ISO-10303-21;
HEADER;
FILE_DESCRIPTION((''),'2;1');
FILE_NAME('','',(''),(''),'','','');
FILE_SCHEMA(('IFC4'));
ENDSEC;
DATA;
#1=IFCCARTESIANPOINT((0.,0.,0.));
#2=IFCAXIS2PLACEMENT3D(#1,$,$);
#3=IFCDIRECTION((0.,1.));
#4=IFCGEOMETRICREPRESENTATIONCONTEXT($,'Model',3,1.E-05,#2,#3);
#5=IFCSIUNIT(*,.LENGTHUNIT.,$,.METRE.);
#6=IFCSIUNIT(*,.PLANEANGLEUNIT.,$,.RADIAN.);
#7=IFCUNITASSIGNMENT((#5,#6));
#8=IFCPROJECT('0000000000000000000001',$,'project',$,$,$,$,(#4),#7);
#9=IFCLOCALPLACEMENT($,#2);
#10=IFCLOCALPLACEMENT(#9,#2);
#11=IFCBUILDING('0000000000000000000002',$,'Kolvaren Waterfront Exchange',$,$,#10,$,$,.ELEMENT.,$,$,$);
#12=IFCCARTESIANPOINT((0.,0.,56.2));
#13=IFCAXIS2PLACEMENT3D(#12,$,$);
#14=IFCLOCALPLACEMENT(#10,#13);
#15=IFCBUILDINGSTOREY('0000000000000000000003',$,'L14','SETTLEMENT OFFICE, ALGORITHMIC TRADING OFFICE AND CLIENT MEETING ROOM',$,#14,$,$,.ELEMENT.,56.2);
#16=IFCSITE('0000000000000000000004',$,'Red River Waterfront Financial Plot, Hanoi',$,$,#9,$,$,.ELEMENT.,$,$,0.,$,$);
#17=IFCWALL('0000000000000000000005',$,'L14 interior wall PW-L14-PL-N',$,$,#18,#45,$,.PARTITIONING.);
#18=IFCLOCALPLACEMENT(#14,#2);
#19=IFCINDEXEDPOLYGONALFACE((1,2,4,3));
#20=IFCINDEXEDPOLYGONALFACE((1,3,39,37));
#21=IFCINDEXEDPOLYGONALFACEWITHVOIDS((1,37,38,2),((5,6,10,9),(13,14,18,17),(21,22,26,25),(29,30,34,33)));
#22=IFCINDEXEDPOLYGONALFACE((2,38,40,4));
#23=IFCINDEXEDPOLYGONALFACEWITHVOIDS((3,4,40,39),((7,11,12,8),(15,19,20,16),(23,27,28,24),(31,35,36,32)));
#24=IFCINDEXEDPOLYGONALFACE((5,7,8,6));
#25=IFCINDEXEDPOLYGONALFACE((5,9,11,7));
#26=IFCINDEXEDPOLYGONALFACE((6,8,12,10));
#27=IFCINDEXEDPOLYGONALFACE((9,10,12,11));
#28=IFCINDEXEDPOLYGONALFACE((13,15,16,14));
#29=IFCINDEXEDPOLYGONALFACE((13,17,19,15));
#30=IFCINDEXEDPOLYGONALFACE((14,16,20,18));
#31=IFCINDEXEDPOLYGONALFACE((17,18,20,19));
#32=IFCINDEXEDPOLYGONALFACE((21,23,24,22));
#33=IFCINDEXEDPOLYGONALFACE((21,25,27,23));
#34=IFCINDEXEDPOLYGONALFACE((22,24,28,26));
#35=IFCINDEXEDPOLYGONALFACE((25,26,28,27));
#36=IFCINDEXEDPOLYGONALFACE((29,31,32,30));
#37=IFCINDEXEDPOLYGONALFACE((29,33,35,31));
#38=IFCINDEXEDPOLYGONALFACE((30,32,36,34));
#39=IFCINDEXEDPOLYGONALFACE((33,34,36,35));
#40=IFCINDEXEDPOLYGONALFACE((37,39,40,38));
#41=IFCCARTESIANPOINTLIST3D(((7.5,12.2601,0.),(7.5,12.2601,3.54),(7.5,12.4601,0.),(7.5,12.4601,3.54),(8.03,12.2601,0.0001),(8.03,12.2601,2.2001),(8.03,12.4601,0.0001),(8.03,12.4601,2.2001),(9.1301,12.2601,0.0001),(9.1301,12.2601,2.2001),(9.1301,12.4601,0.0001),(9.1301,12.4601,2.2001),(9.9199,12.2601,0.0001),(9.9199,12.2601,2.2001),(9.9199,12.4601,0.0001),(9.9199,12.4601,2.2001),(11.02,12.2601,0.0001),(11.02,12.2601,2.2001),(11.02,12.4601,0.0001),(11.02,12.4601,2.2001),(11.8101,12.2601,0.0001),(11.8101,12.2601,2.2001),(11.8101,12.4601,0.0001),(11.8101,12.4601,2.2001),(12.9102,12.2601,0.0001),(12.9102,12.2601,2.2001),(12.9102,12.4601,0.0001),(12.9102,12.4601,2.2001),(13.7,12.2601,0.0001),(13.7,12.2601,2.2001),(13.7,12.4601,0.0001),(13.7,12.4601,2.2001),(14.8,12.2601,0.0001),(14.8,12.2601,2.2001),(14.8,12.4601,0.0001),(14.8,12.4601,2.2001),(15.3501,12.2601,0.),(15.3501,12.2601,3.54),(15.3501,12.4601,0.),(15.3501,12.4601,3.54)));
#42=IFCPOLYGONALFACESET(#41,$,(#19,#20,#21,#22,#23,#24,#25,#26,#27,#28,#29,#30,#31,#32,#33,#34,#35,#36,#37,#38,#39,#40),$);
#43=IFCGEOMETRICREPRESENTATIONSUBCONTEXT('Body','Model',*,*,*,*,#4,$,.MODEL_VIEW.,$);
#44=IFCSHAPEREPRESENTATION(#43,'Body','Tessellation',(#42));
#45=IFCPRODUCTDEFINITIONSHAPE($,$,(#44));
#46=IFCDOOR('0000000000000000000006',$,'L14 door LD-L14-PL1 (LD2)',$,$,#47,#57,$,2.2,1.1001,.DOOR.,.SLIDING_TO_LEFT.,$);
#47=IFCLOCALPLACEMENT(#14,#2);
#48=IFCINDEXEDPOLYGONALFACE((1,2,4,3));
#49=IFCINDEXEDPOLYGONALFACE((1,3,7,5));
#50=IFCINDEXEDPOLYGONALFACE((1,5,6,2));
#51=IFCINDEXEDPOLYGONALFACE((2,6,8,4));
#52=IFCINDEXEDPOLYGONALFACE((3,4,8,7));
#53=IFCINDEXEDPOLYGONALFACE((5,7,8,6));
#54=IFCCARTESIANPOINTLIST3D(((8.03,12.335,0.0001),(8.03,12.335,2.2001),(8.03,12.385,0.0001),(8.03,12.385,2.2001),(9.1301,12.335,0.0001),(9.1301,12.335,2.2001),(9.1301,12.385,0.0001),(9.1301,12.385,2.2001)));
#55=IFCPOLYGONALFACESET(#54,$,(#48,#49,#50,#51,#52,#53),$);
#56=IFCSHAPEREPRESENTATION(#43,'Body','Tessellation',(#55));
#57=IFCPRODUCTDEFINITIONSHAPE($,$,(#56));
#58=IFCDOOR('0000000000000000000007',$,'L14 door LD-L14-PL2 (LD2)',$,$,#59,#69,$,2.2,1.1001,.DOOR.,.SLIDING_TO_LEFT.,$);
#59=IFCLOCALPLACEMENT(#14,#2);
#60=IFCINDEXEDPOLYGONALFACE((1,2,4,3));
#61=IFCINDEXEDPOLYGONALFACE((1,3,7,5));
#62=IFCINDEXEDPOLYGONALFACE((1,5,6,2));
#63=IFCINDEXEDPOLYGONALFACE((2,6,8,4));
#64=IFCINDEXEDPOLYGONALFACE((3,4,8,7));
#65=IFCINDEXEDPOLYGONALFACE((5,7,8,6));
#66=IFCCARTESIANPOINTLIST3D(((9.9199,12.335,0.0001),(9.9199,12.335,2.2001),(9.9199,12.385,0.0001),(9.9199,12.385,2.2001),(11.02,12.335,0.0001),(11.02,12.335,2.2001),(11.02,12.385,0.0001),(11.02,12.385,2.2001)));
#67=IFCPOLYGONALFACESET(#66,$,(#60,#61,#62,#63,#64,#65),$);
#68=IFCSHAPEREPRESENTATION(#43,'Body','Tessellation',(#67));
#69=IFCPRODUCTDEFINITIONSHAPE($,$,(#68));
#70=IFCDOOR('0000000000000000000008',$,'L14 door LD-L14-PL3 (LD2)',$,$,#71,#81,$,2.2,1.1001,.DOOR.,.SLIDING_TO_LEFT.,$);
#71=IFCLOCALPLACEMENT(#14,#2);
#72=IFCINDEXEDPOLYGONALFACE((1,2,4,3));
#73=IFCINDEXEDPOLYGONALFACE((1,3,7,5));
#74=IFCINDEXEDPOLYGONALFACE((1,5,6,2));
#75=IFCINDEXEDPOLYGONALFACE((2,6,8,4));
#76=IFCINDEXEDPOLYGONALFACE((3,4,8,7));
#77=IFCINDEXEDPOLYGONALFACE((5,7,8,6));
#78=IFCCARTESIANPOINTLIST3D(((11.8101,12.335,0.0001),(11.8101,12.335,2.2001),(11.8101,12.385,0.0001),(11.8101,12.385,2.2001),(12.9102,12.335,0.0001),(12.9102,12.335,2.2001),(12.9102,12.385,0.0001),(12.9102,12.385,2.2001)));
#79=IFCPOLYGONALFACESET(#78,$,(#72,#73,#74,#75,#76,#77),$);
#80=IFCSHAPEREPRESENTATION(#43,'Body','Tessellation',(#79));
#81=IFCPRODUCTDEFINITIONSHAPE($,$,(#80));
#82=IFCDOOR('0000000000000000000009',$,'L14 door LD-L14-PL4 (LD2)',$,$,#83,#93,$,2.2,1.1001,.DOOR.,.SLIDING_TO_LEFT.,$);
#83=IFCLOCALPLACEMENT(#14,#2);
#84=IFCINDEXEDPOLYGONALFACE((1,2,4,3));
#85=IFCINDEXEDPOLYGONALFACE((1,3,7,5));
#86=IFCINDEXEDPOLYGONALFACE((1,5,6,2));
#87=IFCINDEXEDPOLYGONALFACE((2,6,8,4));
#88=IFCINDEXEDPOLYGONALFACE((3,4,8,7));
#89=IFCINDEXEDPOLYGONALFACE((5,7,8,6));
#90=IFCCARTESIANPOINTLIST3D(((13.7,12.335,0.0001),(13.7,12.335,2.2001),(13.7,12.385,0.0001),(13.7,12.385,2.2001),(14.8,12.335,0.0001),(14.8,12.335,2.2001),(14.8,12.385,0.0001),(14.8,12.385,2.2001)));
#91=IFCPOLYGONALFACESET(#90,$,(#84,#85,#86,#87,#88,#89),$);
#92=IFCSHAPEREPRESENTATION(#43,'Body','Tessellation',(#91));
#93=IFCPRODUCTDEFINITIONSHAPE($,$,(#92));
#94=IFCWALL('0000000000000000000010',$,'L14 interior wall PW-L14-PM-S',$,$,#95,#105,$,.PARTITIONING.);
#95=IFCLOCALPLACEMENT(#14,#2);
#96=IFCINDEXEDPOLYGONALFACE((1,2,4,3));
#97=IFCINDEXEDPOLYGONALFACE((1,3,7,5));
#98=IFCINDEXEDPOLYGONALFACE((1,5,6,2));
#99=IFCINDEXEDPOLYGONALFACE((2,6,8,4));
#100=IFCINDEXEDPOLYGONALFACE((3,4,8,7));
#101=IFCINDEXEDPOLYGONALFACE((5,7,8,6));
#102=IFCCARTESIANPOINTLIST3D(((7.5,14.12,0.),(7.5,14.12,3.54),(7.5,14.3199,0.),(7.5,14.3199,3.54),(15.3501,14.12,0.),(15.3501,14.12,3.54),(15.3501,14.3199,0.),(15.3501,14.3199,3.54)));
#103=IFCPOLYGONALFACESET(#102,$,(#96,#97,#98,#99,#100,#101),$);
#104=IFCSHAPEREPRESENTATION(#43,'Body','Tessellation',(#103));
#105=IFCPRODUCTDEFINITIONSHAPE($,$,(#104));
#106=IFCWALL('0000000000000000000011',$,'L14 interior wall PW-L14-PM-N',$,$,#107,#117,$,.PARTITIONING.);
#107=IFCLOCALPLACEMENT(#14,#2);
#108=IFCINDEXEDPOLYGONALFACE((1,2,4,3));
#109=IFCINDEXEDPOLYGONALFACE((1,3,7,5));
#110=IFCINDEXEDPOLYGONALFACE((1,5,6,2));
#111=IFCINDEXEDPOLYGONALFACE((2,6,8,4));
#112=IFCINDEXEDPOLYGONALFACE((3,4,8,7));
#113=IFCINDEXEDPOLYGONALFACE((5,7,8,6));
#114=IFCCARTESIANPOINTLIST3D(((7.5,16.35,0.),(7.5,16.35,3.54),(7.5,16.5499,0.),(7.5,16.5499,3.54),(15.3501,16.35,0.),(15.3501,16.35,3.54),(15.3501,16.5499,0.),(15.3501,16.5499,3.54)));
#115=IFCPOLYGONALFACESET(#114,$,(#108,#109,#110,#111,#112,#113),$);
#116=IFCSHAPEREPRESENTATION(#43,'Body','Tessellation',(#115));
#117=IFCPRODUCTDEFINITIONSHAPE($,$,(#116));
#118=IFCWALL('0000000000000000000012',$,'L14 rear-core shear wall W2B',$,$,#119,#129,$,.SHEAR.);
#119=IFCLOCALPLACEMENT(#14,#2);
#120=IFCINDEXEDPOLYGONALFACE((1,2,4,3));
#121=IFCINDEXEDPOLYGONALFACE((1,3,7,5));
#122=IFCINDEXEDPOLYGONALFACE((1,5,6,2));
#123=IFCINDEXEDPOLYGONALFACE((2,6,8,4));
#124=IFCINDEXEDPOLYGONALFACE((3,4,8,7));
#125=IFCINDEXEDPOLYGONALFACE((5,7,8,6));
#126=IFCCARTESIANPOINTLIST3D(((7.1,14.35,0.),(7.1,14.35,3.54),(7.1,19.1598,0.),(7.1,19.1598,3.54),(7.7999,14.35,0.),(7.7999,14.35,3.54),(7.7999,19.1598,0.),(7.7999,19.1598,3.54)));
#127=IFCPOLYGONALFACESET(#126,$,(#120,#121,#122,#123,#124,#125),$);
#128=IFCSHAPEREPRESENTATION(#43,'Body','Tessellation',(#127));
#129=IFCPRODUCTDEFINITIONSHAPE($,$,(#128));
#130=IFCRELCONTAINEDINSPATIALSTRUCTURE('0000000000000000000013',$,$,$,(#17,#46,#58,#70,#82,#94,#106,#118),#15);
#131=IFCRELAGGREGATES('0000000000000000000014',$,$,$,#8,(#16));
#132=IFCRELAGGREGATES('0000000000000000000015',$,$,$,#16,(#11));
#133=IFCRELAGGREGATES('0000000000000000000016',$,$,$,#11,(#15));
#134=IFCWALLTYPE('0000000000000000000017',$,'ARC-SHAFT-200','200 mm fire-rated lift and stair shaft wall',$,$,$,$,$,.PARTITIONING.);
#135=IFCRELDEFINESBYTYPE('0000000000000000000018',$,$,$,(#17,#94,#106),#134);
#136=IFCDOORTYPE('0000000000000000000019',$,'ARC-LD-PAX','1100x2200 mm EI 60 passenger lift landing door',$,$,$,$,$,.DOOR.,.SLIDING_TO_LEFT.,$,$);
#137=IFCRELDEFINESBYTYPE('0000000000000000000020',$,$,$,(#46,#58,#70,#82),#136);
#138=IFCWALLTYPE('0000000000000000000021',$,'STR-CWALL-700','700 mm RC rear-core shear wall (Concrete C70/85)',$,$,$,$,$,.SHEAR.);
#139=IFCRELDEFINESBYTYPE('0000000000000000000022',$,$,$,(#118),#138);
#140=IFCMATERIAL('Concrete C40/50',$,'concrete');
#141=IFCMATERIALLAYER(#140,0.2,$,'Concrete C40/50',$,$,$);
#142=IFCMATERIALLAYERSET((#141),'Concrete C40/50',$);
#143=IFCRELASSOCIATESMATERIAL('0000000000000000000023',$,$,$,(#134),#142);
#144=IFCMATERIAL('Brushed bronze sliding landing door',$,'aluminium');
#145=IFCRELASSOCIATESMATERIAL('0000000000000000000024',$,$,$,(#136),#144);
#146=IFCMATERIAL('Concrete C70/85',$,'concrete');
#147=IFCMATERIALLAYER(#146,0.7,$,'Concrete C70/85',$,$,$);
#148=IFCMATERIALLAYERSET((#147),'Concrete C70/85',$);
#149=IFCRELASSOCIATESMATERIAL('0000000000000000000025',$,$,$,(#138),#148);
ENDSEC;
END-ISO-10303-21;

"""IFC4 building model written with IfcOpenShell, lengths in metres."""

from ifc_helpers import new_model, si_unit, direction, frame, frame_2d, origin, place, context, subcontext, project, spatial, rectangle, extrude, material, layer, layer_set, type_object, element, fill, save


model = new_model("IFC4")

# Units and contexts
model_context = context("Model", 3, precision=1e-05, world=origin(), true_north=direction((0.0, 1.0)))
body_context = subcontext(model_context, "Body", "Model", "MODEL_VIEW")
ifc_project = project(units=[si_unit("LENGTHUNIT", "METRE"), si_unit("PLANEANGLEUNIT", "RADIAN")], contexts=[model_context])

# Site, building, storey
site_placement = place(None, origin())
site = spatial("IfcSite", under=ifc_project, at=site_placement, Name="Red River Waterfront Financial Plot, Hanoi", CompositionType="ELEMENT", RefElevation=0.0)
building_placement = place(site_placement, origin())
building = spatial("IfcBuilding", under=site, at=building_placement, Name="Kolvaren Waterfront Exchange", CompositionType="ELEMENT")
storey_placement = place(building_placement, frame((0.0, 0.0, 56.2)))
storey = spatial("IfcBuildingStorey", under=building, at=storey_placement, Name="L14", Description="SETTLEMENT OFFICE, ALGORITHMIC TRADING OFFICE AND CLIENT MEETING ROOM", CompositionType="ELEMENT", Elevation=56.2)

# Wall, openings, doors
ifc_material_1 = material(Name="Concrete C40/50", Category="concrete")
ifc_layer_1 = layer(ifc_material_1, 0.2, Name="Concrete C40/50")
ifc_layer_set_1 = layer_set([ifc_layer_1], Name="Concrete C40/50")
wall_type_1 = type_object("IfcWallType", Name="ARC-SHAFT-200", Description="200 mm fire-rated lift and stair shaft wall", PredefinedType="PARTITIONING", material=ifc_layer_set_1)
wall_1_placement = place(storey_placement, frame((7.5, 12.3601, 0.0), z_axis=(0.0, 0.0, 1.0), x_axis=(1.0, 0.0, 0.0)))
wall_1 = element("IfcWall", 1, at=wall_1_placement, inside=storey, type_object=wall_type_1, Name="L14 interior wall PW-L14-PL-N", PredefinedType="PARTITIONING", context=body_context, shape_type="SweptSolid", body=[
    extrude(rectangle(XDim=7.8501, YDim=0.2, at=frame_2d((3.925, 0.0))), origin(), (0.0, 0.0, 1.0), 3.54),
])
opening_1_placement = place(wall_1_placement, frame((0.53, 0.0, 0.0)))
opening_1 = element("IfcOpeningElement", 2, at=opening_1_placement, cuts=wall_1, PredefinedType="OPENING", context=body_context, shape_type="SweptSolid", body=[
    extrude(rectangle(XDim=1.1001, YDim=2.2, at=frame_2d((0.55, 1.1001))), frame((0.0, 0.1099, 0.0), z_axis=(0.0, -1.0, 0.0), x_axis=(1.0, 0.0, 0.0)), (0.0, 0.0, 1.0), 0.22),
])
opening_2_placement = place(wall_1_placement, frame((2.4199, 0.0, 0.0)))
opening_2 = element("IfcOpeningElement", 3, at=opening_2_placement, cuts=wall_1, PredefinedType="OPENING", context=body_context, shape_type="SweptSolid", body=[
    extrude(rectangle(XDim=1.1001, YDim=2.2, at=frame_2d((0.55, 1.1001))), frame((0.0, 0.1099, 0.0), z_axis=(0.0, -1.0, 0.0), x_axis=(1.0, 0.0, 0.0)), (0.0, 0.0, 1.0), 0.22),
])
opening_3_placement = place(wall_1_placement, frame((4.3101, 0.0, 0.0)))
opening_3 = element("IfcOpeningElement", 4, at=opening_3_placement, cuts=wall_1, PredefinedType="OPENING", context=body_context, shape_type="SweptSolid", body=[
    extrude(rectangle(XDim=1.1001, YDim=2.2, at=frame_2d((0.55, 1.1001))), frame((0.0, 0.1099, 0.0), z_axis=(0.0, -1.0, 0.0), x_axis=(1.0, 0.0, 0.0)), (0.0, 0.0, 1.0), 0.22),
])
opening_4_placement = place(wall_1_placement, frame((6.2, 0.0, 0.0)))
opening_4 = element("IfcOpeningElement", 5, at=opening_4_placement, cuts=wall_1, PredefinedType="OPENING", context=body_context, shape_type="SweptSolid", body=[
    extrude(rectangle(XDim=1.1001, YDim=2.2, at=frame_2d((0.55, 1.1001))), frame((0.0, 0.1099, 0.0), z_axis=(0.0, -1.0, 0.0), x_axis=(1.0, 0.0, 0.0)), (0.0, 0.0, 1.0), 0.22),
])
ifc_material_2 = material(Name="Brushed bronze sliding landing door", Category="aluminium")
door_type = type_object("IfcDoorType", Name="ARC-LD-PAX", Description="1100x2200 mm EI 60 passenger lift landing door", OperationType="SLIDING_TO_LEFT", PredefinedType="DOOR", material=ifc_material_2)
door_1_placement = place(opening_1_placement, origin())
door_1 = element("IfcDoor", 6, at=door_1_placement, inside=storey, type_object=door_type, Name="L14 door LD-L14-PL1 (LD2)", OperationType="SLIDING_TO_LEFT", OverallHeight=2.2, OverallWidth=1.1001, PredefinedType="DOOR", context=body_context, shape_type="SweptSolid", body=[
    extrude(rectangle(XDim=1.1001, YDim=2.2, at=frame_2d((0.55, 1.1001))), frame((0.0, 0.0249, 0.0), z_axis=(0.0, -1.0, 0.0), x_axis=(1.0, 0.0, 0.0)), (0.0, 0.0, 1.0), 0.05),
])
fill(opening_1, door_1)
door_2_placement = place(opening_2_placement, origin())
door_2 = element("IfcDoor", 7, at=door_2_placement, inside=storey, type_object=door_type, Name="L14 door LD-L14-PL2 (LD2)", OperationType="SLIDING_TO_LEFT", OverallHeight=2.2, OverallWidth=1.1001, PredefinedType="DOOR", context=body_context, shape_type="SweptSolid", body=[
    extrude(rectangle(XDim=1.1001, YDim=2.2, at=frame_2d((0.55, 1.1001))), frame((0.0, 0.0249, 0.0), z_axis=(0.0, -1.0, 0.0), x_axis=(1.0, 0.0, 0.0)), (0.0, 0.0, 1.0), 0.05),
])
fill(opening_2, door_2)
door_3_placement = place(opening_3_placement, origin())
door_3 = element("IfcDoor", 8, at=door_3_placement, inside=storey, type_object=door_type, Name="L14 door LD-L14-PL3 (LD2)", OperationType="SLIDING_TO_LEFT", OverallHeight=2.2, OverallWidth=1.1001, PredefinedType="DOOR", context=body_context, shape_type="SweptSolid", body=[
    extrude(rectangle(XDim=1.1001, YDim=2.2, at=frame_2d((0.55, 1.1001))), frame((0.0, 0.0249, 0.0), z_axis=(0.0, -1.0, 0.0), x_axis=(1.0, 0.0, 0.0)), (0.0, 0.0, 1.0), 0.05),
])
fill(opening_3, door_3)
door_4_placement = place(opening_4_placement, origin())
door_4 = element("IfcDoor", 9, at=door_4_placement, inside=storey, type_object=door_type, Name="L14 door LD-L14-PL4 (LD2)", OperationType="SLIDING_TO_LEFT", OverallHeight=2.2, OverallWidth=1.1001, PredefinedType="DOOR", context=body_context, shape_type="SweptSolid", body=[
    extrude(rectangle(XDim=1.1001, YDim=2.2, at=frame_2d((0.55, 1.1001))), frame((0.0, 0.0249, 0.0), z_axis=(0.0, -1.0, 0.0), x_axis=(1.0, 0.0, 0.0)), (0.0, 0.0, 1.0), 0.05),
])
fill(opening_4, door_4)

# Walls
for number, where, z_axis, x_axis, name in (
    (10, (7.5, 14.22, 0.0), (0.0, 0.0, 1.0), (1.0, 0.0, 0.0), "L14 interior wall PW-L14-PM-S"),
    (11, (7.5, 16.45, 0.0), (0.0, 0.0, 1.0), (1.0, 0.0, 0.0), "L14 interior wall PW-L14-PM-N"),
):
    element("IfcWall", number, at=place(storey_placement, frame(where, z_axis=z_axis, x_axis=x_axis)), inside=storey, type_object=wall_type_1, Name=name, PredefinedType="PARTITIONING", context=body_context, shape_type="SweptSolid", body=[
        extrude(rectangle(XDim=7.8501, YDim=0.2, at=frame_2d((3.925, 0.0))), origin(), (0.0, 0.0, 1.0), 3.54),
    ])
ifc_material_3 = material(Name="Concrete C70/85", Category="concrete")
ifc_layer_2 = layer(ifc_material_3, 0.7, Name="Concrete C70/85")
ifc_layer_set_2 = layer_set([ifc_layer_2], Name="Concrete C70/85")
wall_type_2 = type_object("IfcWallType", Name="STR-CWALL-700", Description="700 mm RC rear-core shear wall (Concrete C70/85)", PredefinedType="SHEAR", material=ifc_layer_set_2)
wall_2_placement = place(storey_placement, frame((7.45, 14.3501, 0.0), z_axis=(0.0, 0.0, 1.0), x_axis=(0.0, 1.0, 0.0)))
element("IfcWall", 12, at=wall_2_placement, inside=storey, type_object=wall_type_2, Name="L14 rear-core shear wall W2B", PredefinedType="SHEAR", context=body_context, shape_type="SweptSolid", body=[
    extrude(rectangle(XDim=4.8098, YDim=0.7, at=frame_2d((2.4048, 0.0))), origin(), (0.0, 0.0, 1.0), 3.54),
])

save(model, "model.ifc")
